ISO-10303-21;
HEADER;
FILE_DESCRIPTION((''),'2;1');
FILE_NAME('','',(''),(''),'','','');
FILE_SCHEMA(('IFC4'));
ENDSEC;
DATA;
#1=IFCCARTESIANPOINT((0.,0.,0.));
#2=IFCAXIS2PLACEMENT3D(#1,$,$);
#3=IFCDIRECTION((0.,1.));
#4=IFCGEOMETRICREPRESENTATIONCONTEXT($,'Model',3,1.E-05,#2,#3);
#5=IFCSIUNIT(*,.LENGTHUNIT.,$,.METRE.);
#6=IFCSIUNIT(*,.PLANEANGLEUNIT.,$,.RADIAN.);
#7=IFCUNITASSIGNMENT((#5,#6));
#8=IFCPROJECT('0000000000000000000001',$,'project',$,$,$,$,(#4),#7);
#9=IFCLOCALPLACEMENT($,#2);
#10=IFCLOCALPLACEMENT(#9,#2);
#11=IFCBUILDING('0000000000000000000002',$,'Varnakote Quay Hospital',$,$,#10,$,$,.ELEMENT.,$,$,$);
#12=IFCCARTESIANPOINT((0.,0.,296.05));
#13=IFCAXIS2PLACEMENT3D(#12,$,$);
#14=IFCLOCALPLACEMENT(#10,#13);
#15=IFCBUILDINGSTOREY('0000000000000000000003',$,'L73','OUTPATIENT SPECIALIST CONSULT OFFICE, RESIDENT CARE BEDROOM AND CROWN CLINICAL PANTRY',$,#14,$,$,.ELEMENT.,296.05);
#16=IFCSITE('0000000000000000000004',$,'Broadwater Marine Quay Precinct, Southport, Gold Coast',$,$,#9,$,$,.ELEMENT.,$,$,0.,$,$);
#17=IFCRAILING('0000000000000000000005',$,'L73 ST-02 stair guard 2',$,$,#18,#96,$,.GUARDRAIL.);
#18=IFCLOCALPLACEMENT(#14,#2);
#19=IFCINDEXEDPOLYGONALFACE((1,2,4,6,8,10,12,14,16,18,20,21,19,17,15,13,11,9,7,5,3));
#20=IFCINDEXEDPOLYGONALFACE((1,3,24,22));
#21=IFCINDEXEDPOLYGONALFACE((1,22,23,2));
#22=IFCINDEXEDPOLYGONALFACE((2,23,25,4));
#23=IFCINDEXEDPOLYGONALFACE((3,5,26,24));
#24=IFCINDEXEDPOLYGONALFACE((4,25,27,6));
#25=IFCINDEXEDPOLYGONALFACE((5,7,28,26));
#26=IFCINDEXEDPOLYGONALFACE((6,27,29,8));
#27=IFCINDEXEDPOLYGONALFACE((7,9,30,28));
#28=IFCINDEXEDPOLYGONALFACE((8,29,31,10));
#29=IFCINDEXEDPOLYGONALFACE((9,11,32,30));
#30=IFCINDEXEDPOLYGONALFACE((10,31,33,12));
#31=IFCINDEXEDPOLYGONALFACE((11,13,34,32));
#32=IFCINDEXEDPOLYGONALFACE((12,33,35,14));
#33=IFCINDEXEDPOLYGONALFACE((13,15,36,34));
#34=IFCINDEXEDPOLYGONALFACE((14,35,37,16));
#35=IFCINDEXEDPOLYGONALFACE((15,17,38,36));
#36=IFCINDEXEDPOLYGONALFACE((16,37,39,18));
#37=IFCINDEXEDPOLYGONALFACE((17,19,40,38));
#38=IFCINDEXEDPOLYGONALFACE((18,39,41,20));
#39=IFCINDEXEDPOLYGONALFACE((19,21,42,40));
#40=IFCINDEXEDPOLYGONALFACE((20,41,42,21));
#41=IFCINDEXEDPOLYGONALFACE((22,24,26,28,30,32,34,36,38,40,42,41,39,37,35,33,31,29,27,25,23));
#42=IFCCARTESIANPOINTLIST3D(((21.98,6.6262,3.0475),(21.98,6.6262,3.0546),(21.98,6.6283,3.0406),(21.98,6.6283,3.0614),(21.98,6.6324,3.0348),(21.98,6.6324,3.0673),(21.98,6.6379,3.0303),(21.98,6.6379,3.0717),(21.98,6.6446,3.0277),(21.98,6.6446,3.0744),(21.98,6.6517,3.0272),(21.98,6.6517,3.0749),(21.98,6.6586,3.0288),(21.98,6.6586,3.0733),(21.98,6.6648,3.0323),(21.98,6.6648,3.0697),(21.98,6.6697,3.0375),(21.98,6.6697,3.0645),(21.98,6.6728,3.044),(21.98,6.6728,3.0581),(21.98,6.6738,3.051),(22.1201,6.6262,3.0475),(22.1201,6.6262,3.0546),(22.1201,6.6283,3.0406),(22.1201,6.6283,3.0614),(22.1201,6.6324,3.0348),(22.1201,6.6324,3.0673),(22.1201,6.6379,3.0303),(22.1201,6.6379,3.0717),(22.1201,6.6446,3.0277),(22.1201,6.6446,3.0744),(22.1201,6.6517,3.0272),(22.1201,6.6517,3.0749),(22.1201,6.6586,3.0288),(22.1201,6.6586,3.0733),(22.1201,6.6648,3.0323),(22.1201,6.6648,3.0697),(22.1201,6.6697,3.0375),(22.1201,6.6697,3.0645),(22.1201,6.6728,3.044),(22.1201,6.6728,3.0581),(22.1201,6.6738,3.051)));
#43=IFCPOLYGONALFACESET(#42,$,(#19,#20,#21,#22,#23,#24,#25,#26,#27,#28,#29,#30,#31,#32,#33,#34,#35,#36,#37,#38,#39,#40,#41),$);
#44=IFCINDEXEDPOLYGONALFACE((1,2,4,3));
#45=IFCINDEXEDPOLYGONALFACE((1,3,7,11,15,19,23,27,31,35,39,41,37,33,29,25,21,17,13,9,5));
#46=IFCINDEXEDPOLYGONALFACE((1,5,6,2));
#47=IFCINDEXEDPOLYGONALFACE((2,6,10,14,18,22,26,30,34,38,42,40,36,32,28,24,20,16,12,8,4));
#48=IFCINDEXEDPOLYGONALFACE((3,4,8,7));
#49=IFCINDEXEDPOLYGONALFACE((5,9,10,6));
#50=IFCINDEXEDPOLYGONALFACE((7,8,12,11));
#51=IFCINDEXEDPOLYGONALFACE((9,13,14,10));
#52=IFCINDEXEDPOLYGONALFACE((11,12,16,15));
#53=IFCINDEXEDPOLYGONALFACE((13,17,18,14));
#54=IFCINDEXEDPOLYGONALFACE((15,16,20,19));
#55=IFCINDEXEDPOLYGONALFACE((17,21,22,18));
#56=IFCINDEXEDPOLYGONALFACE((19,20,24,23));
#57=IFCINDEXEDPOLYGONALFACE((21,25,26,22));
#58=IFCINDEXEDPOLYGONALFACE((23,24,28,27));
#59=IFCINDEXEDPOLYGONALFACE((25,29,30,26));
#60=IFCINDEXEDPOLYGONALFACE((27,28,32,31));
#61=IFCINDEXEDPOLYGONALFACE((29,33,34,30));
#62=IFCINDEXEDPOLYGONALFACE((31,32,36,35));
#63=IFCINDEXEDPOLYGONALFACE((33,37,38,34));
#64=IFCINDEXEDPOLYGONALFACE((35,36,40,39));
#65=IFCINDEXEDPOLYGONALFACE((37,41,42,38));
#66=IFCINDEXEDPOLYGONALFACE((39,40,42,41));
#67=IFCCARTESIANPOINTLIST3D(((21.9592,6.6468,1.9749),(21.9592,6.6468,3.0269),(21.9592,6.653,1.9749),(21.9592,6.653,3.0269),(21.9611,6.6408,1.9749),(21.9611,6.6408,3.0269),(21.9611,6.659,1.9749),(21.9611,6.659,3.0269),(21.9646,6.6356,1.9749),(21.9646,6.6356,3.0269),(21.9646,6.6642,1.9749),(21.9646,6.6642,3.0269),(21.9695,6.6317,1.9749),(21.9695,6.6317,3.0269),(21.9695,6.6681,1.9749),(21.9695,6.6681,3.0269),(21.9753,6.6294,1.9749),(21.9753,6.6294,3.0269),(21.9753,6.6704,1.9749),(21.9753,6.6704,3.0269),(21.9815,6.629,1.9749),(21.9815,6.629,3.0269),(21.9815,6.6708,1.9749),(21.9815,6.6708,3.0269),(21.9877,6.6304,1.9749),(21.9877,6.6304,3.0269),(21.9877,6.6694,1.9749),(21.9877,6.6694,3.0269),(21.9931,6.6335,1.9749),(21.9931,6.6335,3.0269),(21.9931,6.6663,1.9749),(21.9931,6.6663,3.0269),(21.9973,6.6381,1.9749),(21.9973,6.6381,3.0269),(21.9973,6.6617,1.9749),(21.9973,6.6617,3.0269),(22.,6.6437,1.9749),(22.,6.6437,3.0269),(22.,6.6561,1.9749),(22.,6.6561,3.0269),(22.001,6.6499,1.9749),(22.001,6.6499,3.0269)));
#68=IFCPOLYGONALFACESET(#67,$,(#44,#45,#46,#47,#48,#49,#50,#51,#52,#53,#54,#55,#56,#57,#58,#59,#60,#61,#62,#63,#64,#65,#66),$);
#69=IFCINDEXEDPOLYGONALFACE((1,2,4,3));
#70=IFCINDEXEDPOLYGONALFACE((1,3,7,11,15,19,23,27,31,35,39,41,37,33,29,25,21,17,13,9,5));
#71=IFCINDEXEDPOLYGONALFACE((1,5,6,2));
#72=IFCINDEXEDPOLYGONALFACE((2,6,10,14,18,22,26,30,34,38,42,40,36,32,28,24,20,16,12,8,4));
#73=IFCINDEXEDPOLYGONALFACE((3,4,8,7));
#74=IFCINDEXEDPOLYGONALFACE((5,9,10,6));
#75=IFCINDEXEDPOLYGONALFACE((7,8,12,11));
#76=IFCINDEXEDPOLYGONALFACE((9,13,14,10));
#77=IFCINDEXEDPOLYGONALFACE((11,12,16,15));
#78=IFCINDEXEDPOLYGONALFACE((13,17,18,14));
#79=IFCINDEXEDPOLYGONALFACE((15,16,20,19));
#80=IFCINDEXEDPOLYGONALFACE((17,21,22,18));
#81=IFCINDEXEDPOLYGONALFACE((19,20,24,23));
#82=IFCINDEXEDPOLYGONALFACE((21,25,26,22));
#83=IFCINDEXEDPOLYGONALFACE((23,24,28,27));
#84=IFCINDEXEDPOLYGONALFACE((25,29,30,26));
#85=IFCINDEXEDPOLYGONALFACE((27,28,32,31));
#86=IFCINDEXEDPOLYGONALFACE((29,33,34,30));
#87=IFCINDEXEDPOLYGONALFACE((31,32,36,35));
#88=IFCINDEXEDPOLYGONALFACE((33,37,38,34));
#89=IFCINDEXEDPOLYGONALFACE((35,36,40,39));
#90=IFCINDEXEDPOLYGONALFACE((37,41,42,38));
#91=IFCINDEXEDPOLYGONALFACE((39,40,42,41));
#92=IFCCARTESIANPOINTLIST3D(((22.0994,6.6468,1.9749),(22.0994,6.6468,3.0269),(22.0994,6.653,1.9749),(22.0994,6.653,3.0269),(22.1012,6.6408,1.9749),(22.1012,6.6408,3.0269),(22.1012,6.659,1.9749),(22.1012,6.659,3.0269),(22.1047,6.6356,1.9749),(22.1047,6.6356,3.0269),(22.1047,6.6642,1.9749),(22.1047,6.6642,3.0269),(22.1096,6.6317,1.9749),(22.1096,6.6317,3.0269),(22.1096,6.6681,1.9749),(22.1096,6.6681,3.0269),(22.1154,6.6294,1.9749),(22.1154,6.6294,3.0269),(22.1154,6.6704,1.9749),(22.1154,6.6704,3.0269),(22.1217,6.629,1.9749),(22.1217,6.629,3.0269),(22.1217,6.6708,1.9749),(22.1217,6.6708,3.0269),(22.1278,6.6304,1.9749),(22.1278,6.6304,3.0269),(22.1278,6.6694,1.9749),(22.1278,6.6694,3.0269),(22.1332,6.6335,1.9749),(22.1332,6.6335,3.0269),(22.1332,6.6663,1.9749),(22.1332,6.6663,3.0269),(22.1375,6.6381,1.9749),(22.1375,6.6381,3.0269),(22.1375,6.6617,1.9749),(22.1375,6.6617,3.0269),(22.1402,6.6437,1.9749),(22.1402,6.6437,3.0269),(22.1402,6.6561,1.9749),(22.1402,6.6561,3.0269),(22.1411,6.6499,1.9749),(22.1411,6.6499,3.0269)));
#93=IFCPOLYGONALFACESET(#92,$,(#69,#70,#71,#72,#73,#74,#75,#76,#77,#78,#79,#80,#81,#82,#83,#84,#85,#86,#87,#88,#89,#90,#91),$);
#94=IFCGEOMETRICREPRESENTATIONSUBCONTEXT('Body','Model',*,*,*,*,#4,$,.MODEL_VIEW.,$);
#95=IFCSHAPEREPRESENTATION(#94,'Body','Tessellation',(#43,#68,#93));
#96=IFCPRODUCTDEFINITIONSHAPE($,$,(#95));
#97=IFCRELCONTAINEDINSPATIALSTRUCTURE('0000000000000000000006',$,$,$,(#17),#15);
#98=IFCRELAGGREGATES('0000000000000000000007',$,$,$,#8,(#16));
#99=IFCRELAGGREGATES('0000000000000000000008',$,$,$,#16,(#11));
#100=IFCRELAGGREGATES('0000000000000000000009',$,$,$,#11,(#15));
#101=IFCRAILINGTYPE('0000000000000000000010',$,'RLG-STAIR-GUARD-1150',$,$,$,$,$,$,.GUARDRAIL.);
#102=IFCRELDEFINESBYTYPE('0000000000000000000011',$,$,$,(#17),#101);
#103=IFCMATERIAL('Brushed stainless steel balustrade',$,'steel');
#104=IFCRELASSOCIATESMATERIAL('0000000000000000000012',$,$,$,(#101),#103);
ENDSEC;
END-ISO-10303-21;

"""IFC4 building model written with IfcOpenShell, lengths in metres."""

from ifc_helpers import new_model, si_unit, direction, frame, origin, origin_2d, place, context, subcontext, project, spatial, circle, extrude, material, type_object, element, save


model = new_model("IFC4")

# Units and contexts
model_context = context("Model", 3, precision=1e-05, world=origin(), true_north=direction((0.0, 1.0)))
body_context = subcontext(model_context, "Body", "Model", "MODEL_VIEW")
ifc_project = project(units=[si_unit("LENGTHUNIT", "METRE"), si_unit("PLANEANGLEUNIT", "RADIAN")], contexts=[model_context])

# Site, building, storey
site_placement = place(None, origin())
site = spatial("IfcSite", under=ifc_project, at=site_placement, Name="Broadwater Marine Quay Precinct, Southport, Gold Coast", CompositionType="ELEMENT", RefElevation=0.0)
building_placement = place(site_placement, origin())
building = spatial("IfcBuilding", under=site, at=building_placement, Name="Varnakote Quay Hospital", CompositionType="ELEMENT")
storey_placement = place(building_placement, frame((0.0, 0.0, 296.05)))
storey = spatial("IfcBuildingStorey", under=building, at=storey_placement, Name="L73", Description="OUTPATIENT SPECIALIST CONSULT OFFICE, RESIDENT CARE BEDROOM AND CROWN CLINICAL PANTRY", CompositionType="ELEMENT", Elevation=296.05)

# Railing
ifc_material_1 = material(Name="Brushed stainless steel balustrade", Category="steel")
railing_type_1 = type_object("IfcRailingType", Name="RLG-STAIR-GUARD-1150", PredefinedType="GUARDRAIL", material=ifc_material_1)
railing_1_placement = place(storey_placement, frame((21.98, 6.6499, 1.9749)))
element("IfcRailing", 1, at=railing_1_placement, inside=storey, type_object=railing_type_1, Name="L73 ST-02 stair guard 2", PredefinedType="GUARDRAIL", context=body_context, shape_type="SweptSolid", body=[
    extrude(circle(Radius=0.0239, at=origin_2d()), frame((0.0, 0.0, 1.0762), z_axis=(1.0, 0.0, 0.0), x_axis=(0.0, 1.0, 0.0)), (0.0, 0.0, 1.0), 0.1401),
    extrude(circle(Radius=0.021, at=origin_2d()), origin(), (0.0, 0.0, 1.0), 1.052),
    extrude(circle(Radius=0.021, at=origin_2d()), frame((0.1401, 0.0, 0.0)), (0.0, 0.0, 1.0), 1.052),
])

save(model, "model.ifc")
